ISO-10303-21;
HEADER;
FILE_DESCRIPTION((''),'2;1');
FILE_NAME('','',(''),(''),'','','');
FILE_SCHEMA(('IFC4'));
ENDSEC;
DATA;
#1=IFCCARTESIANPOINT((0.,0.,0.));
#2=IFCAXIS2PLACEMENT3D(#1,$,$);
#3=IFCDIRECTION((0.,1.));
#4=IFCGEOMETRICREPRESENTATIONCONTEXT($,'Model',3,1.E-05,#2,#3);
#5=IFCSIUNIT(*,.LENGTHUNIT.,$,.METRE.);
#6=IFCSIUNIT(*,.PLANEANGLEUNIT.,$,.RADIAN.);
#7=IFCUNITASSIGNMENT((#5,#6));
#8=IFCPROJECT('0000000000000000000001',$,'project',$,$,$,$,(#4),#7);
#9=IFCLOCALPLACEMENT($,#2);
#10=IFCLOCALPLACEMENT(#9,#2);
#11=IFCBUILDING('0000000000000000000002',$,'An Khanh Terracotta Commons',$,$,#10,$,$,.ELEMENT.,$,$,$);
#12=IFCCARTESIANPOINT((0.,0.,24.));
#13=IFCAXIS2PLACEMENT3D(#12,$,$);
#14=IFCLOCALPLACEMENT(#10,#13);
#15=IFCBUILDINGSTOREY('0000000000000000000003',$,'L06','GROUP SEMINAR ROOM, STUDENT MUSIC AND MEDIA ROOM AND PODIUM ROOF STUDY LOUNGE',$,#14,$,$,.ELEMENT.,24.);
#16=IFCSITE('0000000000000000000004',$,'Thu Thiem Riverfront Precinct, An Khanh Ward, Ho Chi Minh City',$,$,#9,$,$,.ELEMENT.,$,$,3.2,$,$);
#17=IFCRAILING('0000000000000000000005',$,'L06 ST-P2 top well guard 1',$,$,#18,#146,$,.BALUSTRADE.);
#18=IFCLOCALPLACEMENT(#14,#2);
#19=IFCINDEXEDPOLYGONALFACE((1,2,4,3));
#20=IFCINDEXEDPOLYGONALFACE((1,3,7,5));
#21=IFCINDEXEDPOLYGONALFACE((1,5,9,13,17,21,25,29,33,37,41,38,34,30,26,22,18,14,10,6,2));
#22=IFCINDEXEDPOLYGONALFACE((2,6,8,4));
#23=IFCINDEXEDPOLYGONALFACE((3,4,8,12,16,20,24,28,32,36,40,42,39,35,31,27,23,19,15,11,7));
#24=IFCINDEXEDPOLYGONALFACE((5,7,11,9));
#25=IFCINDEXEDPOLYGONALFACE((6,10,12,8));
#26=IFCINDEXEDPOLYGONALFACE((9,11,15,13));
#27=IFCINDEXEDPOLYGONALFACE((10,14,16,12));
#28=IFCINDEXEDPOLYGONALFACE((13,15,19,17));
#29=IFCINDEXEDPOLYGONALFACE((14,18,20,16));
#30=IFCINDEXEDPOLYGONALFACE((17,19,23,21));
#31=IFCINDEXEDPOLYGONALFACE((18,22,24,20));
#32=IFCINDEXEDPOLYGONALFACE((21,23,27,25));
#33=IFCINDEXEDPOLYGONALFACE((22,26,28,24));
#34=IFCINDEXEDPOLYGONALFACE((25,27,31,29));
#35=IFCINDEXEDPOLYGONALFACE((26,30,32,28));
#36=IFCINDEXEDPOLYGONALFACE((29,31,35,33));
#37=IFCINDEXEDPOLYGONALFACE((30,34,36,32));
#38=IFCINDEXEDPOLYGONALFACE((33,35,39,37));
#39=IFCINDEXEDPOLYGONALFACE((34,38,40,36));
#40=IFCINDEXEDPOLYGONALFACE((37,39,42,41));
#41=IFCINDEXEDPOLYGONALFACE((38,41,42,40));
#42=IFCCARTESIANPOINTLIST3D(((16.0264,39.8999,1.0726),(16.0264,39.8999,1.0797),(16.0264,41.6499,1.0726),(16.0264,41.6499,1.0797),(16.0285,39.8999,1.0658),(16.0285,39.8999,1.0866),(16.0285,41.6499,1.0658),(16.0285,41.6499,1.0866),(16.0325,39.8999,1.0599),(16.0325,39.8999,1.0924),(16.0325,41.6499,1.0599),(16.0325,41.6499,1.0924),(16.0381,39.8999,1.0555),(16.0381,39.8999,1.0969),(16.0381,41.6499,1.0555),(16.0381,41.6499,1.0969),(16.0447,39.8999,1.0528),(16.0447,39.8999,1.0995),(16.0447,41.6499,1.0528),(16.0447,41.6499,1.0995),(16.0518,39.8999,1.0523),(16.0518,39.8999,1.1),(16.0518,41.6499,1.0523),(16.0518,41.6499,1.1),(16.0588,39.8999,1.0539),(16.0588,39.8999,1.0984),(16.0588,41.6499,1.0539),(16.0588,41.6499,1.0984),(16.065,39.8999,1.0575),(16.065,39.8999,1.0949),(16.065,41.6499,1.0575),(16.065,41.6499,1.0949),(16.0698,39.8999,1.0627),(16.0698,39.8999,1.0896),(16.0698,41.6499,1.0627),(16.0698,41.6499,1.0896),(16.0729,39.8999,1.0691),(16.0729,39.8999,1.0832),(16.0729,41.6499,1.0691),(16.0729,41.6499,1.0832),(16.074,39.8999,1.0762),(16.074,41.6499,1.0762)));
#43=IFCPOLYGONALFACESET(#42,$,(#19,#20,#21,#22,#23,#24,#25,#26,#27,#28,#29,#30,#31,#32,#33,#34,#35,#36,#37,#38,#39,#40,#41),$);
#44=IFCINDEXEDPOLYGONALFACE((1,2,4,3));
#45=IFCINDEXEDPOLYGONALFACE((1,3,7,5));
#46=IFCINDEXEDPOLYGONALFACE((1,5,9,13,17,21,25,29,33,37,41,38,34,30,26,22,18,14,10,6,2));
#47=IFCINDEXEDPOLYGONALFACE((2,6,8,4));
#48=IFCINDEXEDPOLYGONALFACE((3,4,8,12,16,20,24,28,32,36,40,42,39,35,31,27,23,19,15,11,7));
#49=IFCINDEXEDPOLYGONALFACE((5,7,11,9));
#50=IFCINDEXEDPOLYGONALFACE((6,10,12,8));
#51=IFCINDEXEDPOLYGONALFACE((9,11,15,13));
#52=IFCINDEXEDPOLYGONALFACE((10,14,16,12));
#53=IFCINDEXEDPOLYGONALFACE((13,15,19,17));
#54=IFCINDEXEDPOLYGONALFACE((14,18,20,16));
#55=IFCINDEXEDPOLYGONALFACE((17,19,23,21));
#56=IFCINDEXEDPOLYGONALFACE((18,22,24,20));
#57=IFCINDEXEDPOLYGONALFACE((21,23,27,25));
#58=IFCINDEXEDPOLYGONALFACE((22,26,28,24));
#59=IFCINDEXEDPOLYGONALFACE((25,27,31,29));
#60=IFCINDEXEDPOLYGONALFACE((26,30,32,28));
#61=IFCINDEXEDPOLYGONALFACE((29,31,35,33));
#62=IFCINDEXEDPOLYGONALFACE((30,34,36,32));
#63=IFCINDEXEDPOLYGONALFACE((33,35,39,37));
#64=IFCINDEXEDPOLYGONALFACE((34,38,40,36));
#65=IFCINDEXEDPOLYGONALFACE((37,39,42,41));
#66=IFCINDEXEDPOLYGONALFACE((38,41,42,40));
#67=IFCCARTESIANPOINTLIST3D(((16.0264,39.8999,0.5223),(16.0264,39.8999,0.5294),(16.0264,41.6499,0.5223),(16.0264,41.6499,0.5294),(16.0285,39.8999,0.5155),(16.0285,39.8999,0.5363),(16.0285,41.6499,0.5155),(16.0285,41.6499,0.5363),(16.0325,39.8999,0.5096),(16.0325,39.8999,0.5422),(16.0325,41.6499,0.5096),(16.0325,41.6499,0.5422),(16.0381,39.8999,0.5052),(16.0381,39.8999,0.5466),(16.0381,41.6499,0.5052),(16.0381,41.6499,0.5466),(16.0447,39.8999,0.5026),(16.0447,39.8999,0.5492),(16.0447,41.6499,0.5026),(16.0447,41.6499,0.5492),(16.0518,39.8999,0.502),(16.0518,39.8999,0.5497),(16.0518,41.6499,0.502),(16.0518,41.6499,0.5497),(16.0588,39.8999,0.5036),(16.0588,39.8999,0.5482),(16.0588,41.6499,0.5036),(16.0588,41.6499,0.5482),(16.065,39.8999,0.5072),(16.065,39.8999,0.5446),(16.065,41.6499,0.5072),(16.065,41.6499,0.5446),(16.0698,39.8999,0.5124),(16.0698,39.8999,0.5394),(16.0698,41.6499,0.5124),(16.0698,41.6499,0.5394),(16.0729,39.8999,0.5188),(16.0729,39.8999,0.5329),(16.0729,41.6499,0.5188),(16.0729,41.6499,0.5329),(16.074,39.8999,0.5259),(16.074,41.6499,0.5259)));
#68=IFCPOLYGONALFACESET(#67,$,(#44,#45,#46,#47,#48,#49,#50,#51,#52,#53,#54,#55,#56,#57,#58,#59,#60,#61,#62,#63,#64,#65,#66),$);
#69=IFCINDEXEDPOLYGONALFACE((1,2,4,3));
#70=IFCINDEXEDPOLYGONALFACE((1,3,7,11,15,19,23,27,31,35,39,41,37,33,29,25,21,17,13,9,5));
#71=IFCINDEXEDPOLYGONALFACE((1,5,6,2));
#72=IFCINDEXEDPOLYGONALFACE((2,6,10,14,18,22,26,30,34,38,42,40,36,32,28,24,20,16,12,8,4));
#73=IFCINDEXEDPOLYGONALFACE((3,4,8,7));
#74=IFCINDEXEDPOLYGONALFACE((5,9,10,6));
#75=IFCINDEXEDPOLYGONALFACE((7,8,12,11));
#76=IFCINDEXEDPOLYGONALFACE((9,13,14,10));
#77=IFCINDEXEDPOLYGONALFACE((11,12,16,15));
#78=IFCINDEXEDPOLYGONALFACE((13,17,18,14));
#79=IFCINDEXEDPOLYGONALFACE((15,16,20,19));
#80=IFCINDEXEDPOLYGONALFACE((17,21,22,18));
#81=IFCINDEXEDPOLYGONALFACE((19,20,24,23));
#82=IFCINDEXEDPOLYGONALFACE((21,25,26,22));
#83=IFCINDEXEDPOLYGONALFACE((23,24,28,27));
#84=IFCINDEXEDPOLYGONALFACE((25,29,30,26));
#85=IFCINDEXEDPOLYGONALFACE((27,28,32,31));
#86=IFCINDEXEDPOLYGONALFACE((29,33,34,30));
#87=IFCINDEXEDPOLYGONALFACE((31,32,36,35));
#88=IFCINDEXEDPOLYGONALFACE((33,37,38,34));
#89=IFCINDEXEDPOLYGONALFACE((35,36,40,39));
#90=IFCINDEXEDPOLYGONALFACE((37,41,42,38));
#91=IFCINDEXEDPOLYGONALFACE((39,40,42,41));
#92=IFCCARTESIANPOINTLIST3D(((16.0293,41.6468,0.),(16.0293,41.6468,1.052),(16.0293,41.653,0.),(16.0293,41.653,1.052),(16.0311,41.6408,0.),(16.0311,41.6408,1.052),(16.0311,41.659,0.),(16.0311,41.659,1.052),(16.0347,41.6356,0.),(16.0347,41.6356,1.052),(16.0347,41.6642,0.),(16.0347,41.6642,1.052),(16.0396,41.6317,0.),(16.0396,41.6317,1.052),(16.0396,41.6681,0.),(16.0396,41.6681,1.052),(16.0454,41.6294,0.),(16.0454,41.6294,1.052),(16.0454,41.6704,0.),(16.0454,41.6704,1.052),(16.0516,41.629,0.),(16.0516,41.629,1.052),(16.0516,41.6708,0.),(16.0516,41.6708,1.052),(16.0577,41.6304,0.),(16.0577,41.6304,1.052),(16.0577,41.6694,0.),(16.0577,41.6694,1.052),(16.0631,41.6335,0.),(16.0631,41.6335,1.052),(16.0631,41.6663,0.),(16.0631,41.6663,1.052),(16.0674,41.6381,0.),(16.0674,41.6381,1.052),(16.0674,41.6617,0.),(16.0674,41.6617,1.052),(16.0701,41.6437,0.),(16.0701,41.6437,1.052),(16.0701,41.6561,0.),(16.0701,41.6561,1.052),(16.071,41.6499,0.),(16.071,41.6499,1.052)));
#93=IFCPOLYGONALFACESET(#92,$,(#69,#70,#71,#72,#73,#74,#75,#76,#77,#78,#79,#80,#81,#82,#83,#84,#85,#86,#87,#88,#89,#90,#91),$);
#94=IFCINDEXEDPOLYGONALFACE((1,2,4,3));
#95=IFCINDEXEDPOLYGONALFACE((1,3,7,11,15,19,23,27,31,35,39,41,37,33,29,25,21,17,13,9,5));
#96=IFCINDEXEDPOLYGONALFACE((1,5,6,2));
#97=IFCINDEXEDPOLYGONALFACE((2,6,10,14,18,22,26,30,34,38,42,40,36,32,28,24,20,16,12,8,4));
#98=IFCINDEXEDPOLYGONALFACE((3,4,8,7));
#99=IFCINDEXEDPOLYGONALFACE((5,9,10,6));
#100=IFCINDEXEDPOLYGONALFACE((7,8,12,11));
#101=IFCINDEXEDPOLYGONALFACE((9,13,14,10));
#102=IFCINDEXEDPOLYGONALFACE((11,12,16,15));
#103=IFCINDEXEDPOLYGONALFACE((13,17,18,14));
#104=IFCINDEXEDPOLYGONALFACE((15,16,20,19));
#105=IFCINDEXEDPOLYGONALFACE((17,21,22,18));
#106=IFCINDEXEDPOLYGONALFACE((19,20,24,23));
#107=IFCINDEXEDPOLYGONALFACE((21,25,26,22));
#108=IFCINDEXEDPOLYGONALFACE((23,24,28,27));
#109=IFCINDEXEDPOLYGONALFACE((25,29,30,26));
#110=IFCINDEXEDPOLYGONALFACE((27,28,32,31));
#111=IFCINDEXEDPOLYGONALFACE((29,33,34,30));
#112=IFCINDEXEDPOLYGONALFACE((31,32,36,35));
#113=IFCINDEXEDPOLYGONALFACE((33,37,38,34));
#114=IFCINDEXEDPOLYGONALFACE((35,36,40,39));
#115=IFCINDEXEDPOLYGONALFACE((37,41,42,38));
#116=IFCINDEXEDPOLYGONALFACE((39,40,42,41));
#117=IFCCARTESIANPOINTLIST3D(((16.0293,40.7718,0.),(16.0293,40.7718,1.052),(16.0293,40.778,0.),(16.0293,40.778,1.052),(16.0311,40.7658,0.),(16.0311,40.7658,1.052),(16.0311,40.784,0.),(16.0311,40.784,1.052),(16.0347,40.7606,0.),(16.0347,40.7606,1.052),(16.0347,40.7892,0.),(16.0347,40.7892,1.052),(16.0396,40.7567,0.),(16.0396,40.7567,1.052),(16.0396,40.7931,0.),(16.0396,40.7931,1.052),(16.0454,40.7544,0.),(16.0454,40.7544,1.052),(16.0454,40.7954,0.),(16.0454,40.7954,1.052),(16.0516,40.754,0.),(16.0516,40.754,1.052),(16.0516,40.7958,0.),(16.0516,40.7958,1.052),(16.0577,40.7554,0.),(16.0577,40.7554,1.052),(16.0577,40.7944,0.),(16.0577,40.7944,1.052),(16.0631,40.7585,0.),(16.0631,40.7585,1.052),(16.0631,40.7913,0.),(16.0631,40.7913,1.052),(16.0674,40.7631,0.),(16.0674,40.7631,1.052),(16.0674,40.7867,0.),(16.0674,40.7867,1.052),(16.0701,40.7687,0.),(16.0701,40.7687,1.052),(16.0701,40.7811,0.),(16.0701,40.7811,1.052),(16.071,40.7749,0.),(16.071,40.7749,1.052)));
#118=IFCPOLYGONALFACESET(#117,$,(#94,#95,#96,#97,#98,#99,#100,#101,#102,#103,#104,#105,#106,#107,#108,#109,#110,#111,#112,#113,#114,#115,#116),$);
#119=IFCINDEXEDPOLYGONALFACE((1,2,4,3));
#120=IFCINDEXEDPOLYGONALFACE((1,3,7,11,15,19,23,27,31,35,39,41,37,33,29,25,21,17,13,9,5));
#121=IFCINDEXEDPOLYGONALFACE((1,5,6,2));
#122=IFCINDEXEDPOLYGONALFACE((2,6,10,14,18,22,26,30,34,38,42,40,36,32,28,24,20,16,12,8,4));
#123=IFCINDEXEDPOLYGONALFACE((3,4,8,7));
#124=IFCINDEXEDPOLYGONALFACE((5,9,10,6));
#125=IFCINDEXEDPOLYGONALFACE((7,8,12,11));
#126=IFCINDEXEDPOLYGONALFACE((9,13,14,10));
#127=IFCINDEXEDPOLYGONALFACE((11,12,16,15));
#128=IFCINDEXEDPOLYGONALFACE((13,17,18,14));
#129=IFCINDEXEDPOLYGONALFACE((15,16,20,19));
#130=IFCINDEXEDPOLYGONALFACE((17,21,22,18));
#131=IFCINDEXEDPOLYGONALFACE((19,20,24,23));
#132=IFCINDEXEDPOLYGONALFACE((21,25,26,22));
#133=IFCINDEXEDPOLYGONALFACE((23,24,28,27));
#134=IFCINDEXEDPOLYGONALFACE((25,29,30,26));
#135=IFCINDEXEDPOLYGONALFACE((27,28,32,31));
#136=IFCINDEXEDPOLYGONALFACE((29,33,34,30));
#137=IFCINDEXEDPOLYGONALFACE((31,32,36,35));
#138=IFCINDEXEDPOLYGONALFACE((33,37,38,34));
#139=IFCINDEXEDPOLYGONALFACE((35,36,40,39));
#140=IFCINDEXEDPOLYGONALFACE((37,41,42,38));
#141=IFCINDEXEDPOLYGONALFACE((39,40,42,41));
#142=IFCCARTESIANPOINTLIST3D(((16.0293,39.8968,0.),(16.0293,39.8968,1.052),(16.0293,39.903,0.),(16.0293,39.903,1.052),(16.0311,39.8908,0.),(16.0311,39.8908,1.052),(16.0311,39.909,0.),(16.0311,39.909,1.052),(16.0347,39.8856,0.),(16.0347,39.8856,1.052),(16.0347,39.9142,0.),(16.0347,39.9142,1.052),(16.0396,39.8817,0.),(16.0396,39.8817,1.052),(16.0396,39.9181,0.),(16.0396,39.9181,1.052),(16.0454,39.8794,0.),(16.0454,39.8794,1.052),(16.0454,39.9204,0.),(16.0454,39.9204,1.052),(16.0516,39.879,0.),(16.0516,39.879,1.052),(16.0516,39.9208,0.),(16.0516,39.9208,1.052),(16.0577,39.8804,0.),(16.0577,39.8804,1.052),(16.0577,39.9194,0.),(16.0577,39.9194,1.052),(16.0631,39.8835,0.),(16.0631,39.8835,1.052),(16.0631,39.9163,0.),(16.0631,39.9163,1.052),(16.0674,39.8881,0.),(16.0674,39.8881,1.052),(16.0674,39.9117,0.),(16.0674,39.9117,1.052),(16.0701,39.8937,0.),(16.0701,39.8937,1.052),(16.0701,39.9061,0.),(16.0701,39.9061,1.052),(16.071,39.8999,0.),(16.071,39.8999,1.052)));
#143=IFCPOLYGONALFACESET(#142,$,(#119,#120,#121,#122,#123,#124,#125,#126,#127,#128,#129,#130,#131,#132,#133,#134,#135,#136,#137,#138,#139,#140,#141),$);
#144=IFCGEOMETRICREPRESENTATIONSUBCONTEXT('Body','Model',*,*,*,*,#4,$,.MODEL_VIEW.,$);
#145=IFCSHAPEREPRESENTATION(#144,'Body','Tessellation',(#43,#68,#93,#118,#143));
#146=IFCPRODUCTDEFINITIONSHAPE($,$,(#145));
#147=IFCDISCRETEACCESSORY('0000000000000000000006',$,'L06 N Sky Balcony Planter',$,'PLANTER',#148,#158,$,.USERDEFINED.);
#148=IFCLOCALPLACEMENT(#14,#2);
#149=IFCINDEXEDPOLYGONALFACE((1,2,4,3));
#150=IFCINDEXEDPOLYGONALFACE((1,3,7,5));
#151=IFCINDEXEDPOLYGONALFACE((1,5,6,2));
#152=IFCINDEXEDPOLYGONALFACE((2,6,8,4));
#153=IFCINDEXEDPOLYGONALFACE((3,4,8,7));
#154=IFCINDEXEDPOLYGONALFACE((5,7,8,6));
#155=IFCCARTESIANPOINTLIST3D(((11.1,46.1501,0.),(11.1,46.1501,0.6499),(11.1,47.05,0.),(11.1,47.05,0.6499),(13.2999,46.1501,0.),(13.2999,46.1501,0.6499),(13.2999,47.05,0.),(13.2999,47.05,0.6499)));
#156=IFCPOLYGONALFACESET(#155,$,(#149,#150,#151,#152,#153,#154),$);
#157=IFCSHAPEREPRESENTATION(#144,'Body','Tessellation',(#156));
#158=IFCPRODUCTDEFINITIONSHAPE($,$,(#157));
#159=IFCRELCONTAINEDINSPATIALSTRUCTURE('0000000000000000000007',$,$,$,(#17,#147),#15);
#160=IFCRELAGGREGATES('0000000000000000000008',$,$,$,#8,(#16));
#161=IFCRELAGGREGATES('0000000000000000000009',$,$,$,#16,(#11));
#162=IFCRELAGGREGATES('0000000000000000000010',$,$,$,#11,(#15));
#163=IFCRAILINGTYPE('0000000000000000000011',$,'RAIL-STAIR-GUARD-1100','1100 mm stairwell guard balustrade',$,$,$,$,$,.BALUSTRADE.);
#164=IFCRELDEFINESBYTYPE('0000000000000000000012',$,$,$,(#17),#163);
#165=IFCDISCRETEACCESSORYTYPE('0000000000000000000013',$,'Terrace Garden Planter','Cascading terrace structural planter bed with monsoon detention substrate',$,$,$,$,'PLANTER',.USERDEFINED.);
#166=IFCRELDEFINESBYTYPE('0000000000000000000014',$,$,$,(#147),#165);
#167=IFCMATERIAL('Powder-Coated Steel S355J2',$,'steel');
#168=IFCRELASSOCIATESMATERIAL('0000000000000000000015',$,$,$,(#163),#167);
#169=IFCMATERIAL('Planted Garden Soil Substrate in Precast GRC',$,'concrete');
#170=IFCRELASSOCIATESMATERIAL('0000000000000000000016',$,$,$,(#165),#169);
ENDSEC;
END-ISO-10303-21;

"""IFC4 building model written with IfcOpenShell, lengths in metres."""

from ifc_helpers import new_model, si_unit, direction, frame, origin, origin_2d, place, context, subcontext, project, spatial, rectangle, circle, extrude, material, type_object, element, save


model = new_model("IFC4")

# Units and contexts
model_context = context("Model", 3, precision=1e-05, world=origin(), true_north=direction((0.0, 1.0)))
body_context = subcontext(model_context, "Body", "Model", "MODEL_VIEW")
ifc_project = project(units=[si_unit("LENGTHUNIT", "METRE"), si_unit("PLANEANGLEUNIT", "RADIAN")], contexts=[model_context])

# Site, building, storey
site_placement = place(None, origin())
site = spatial("IfcSite", under=ifc_project, at=site_placement, Name="Thu Thiem Riverfront Precinct, An Khanh Ward, Ho Chi Minh City", CompositionType="ELEMENT", RefElevation=3.2)
building_placement = place(site_placement, origin())
building = spatial("IfcBuilding", under=site, at=building_placement, Name="An Khanh Terracotta Commons", CompositionType="ELEMENT")
storey_placement = place(building_placement, frame((0.0, 0.0, 24.0)))
storey = spatial("IfcBuildingStorey", under=building, at=storey_placement, Name="L06", Description="GROUP SEMINAR ROOM, STUDENT MUSIC AND MEDIA ROOM AND PODIUM ROOF STUDY LOUNGE", CompositionType="ELEMENT", Elevation=24.0)

# Railing
ifc_material_1 = material(Name="Powder-Coated Steel S355J2", Category="steel")
railing_type_1 = type_object("IfcRailingType", Name="RAIL-STAIR-GUARD-1100", Description="1100 mm stairwell guard balustrade", PredefinedType="BALUSTRADE", material=ifc_material_1)
railing_1_placement = place(storey_placement, frame((16.05, 41.6499, 0.0)))
element("IfcRailing", 1, at=railing_1_placement, inside=storey, type_object=railing_type_1, Name="L06 ST-P2 top well guard 1", PredefinedType="BALUSTRADE", context=body_context, shape_type="SweptSolid", body=[
    extrude(circle(Radius=0.0239, at=origin_2d()), frame((0.0, 0.0, 1.0762), z_axis=(0.0, -1.0, 0.0), x_axis=(1.0, 0.0, 0.0)), (0.0, 0.0, 1.0), 1.75),
    extrude(circle(Radius=0.0239, at=origin_2d()), frame((0.0, 0.0, 0.5259), z_axis=(0.0, -1.0, 0.0), x_axis=(1.0, 0.0, 0.0)), (0.0, 0.0, 1.0), 1.75),
    extrude(circle(Radius=0.021, at=origin_2d()), origin(), (0.0, 0.0, 1.0), 1.052),
    extrude(circle(Radius=0.021, at=origin_2d()), frame((0.0, -0.875, 0.0)), (0.0, 0.0, 1.0), 1.052),
    extrude(circle(Radius=0.021, at=origin_2d()), frame((0.0, -1.75, 0.0)), (0.0, 0.0, 1.0), 1.052),
])

# Discrete accessory
ifc_material_2 = material(Name="Planted Garden Soil Substrate in Precast GRC", Category="concrete")
discrete_accessory_type = type_object("IfcDiscreteAccessoryType", Name="Terrace Garden Planter", Description="Cascading terrace structural planter bed with monsoon detention substrate", ElementType="PLANTER", PredefinedType="USERDEFINED", material=ifc_material_2)
discrete_accessory_placement = place(storey_placement, frame((12.2, 46.6001, 0.0), z_axis=(0.0, 0.0, 1.0), x_axis=(1.0, 0.0, 0.0)))
element("IfcDiscreteAccessory", 2, at=discrete_accessory_placement, inside=storey, type_object=discrete_accessory_type, Name="L06 N Sky Balcony Planter", ObjectType="PLANTER", PredefinedType="USERDEFINED", context=body_context, shape_type="SweptSolid", body=[
    extrude(rectangle(XDim=2.2, YDim=0.8999, at=origin_2d()), origin(), (0.0, 0.0, 1.0), 0.6499),
])

save(model, "model.ifc")
